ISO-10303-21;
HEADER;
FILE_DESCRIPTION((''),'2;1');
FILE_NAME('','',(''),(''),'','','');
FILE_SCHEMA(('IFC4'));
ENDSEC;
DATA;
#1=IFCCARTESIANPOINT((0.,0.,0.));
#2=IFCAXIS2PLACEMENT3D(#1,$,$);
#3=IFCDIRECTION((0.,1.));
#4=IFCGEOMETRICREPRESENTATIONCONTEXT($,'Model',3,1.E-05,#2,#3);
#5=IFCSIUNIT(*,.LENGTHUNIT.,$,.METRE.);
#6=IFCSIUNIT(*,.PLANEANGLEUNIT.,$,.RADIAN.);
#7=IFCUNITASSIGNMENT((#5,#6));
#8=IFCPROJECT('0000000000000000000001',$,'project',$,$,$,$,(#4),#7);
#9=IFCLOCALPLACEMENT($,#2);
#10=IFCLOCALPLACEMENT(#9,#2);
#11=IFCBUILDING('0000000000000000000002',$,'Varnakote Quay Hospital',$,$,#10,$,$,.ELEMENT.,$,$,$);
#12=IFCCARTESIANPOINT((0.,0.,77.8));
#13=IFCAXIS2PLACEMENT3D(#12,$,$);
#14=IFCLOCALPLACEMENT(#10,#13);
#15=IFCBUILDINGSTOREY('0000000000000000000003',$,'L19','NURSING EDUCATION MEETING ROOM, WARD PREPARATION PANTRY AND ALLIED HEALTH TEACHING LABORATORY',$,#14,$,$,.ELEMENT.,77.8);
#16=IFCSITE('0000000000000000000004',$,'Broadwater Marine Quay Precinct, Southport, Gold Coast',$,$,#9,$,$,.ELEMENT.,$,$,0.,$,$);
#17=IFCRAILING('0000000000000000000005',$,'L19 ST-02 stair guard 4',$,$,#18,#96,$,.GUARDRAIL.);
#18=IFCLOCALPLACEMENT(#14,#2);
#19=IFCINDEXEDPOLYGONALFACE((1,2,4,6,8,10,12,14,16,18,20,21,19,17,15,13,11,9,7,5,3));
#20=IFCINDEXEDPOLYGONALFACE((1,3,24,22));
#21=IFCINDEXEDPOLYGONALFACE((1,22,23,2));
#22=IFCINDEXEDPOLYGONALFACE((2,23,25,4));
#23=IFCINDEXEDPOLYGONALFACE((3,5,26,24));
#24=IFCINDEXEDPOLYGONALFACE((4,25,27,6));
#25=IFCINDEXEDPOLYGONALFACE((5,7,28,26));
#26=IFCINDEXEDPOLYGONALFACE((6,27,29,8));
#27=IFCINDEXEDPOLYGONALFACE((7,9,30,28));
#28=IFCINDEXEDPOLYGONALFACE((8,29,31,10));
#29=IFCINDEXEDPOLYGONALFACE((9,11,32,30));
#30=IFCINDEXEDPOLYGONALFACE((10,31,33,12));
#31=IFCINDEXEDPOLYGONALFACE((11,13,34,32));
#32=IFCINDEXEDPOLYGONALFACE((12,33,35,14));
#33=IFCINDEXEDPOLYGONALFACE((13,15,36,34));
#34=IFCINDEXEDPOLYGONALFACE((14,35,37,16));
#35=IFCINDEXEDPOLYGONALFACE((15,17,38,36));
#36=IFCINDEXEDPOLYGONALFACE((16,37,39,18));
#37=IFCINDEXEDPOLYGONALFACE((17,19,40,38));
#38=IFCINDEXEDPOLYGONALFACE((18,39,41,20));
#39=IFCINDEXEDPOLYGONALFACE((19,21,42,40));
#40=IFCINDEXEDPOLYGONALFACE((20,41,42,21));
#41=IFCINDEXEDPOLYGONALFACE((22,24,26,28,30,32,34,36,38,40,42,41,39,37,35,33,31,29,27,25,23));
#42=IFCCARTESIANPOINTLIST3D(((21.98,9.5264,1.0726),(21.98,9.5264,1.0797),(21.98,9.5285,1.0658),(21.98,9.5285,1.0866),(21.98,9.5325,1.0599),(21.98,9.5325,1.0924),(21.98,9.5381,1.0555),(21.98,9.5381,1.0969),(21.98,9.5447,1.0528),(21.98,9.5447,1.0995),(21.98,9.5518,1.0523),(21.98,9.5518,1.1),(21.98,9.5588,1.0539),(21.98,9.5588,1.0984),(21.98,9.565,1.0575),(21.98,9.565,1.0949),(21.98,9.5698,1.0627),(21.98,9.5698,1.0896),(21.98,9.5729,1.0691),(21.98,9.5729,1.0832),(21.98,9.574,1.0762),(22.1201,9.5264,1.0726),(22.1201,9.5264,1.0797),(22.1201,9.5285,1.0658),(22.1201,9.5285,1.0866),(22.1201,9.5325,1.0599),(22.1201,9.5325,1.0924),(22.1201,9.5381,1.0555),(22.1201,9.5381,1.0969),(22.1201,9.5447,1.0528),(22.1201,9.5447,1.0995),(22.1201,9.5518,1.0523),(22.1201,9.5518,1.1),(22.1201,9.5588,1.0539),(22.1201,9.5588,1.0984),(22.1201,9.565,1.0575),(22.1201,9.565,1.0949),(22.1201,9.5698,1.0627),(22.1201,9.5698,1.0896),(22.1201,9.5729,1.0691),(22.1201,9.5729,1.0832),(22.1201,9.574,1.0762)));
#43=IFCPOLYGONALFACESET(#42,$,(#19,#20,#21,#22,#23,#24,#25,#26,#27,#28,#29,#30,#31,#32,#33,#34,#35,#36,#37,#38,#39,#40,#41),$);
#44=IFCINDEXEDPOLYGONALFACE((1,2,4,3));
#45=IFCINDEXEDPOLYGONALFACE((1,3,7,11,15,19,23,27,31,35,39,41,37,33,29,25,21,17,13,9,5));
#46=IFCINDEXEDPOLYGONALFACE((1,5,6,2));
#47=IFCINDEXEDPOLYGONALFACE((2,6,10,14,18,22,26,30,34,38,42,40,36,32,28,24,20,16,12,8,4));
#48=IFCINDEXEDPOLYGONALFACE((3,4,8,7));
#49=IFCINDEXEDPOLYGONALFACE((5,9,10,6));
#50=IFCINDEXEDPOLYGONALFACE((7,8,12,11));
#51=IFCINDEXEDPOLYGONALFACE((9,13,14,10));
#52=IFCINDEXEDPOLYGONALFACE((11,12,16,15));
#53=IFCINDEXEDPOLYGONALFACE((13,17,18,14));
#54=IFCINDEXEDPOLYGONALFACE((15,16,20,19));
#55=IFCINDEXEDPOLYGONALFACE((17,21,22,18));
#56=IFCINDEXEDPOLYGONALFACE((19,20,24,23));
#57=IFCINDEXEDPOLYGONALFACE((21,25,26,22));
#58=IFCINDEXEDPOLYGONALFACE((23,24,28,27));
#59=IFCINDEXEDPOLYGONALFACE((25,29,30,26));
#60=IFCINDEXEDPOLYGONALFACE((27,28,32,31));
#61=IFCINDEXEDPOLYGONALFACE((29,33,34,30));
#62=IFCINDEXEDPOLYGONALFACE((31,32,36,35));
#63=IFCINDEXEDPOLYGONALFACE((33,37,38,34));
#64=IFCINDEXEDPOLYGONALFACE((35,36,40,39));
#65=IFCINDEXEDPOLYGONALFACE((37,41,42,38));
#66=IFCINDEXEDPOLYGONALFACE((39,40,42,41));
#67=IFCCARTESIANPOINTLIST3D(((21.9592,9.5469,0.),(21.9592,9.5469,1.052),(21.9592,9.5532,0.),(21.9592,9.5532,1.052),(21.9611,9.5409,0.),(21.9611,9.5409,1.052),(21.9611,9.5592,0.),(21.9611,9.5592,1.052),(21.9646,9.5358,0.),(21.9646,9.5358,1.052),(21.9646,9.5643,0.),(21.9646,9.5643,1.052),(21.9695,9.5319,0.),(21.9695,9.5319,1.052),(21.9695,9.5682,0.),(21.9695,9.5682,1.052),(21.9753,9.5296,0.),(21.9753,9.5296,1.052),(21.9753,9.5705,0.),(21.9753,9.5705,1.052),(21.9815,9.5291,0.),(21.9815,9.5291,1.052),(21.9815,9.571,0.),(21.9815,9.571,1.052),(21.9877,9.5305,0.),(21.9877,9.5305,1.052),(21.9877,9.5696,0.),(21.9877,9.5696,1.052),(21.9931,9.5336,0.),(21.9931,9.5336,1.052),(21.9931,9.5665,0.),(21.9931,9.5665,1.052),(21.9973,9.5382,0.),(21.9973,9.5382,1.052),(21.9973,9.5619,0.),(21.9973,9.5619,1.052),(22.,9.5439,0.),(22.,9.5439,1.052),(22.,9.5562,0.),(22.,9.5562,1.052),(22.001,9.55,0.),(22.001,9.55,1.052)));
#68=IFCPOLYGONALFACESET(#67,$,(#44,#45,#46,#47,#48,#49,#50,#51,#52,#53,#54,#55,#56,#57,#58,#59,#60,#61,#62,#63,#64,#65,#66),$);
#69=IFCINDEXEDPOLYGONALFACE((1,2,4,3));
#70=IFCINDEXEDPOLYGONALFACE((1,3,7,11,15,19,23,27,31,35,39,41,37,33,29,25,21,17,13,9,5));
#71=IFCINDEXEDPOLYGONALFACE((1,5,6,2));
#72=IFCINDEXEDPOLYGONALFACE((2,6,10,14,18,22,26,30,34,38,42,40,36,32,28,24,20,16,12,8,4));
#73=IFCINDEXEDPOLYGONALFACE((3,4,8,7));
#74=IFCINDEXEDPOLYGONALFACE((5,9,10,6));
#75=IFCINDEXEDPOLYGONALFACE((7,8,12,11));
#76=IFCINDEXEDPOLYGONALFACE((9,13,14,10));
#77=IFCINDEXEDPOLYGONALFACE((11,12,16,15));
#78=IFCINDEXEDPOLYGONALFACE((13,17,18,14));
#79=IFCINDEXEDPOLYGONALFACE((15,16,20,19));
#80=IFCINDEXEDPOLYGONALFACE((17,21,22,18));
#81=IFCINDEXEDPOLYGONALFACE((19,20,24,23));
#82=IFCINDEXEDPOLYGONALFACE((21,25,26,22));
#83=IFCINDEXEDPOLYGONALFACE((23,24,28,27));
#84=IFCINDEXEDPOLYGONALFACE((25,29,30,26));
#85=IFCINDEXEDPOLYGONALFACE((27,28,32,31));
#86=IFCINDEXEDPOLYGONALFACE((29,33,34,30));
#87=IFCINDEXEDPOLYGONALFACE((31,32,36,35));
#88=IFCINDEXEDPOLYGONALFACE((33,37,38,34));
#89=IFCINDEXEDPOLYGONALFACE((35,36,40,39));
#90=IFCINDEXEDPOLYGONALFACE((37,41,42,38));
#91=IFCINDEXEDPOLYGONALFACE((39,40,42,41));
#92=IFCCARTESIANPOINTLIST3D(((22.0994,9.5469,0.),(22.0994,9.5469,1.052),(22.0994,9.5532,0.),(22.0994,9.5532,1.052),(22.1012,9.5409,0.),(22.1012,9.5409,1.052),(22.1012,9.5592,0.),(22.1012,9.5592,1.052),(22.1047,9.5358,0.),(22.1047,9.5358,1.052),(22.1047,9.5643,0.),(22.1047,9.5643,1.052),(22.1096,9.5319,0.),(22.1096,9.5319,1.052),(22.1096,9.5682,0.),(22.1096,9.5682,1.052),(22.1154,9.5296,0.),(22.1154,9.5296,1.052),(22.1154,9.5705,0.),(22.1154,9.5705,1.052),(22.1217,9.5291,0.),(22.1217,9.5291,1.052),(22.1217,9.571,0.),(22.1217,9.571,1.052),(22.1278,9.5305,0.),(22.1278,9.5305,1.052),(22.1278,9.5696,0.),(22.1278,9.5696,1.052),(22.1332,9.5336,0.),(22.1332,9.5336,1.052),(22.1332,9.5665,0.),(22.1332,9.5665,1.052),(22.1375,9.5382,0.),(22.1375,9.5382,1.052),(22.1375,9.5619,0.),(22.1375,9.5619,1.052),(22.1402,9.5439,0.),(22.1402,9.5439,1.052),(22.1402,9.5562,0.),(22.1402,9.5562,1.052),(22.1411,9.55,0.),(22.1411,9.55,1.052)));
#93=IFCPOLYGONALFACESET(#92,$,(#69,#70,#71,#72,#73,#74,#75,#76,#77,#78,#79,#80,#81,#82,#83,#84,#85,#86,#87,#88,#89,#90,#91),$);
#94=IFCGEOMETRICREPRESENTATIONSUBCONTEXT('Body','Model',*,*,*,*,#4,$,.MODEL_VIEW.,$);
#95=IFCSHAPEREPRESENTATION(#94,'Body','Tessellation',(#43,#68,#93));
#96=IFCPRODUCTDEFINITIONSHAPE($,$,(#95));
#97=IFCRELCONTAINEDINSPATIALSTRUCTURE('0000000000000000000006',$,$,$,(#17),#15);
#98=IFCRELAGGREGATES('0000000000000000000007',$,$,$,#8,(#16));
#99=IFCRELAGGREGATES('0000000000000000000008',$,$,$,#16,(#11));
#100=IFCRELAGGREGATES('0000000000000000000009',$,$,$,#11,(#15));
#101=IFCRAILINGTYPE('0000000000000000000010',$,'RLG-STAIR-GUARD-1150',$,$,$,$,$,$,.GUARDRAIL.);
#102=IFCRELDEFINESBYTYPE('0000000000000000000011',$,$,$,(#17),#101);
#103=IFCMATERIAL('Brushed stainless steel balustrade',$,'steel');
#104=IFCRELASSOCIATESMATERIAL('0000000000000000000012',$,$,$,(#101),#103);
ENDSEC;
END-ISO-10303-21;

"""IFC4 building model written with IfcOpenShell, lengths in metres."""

from ifc_helpers import new_model, si_unit, direction, frame, origin, origin_2d, place, context, subcontext, project, spatial, circle, extrude, material, type_object, element, save


model = new_model("IFC4")

# Units and contexts
model_context = context("Model", 3, precision=1e-05, world=origin(), true_north=direction((0.0, 1.0)))
body_context = subcontext(model_context, "Body", "Model", "MODEL_VIEW")
ifc_project = project(units=[si_unit("LENGTHUNIT", "METRE"), si_unit("PLANEANGLEUNIT", "RADIAN")], contexts=[model_context])

# Site, building, storey
site_placement = place(None, origin())
site = spatial("IfcSite", under=ifc_project, at=site_placement, Name="Broadwater Marine Quay Precinct, Southport, Gold Coast", CompositionType="ELEMENT", RefElevation=0.0)
building_placement = place(site_placement, origin())
building = spatial("IfcBuilding", under=site, at=building_placement, Name="Varnakote Quay Hospital", CompositionType="ELEMENT")
storey_placement = place(building_placement, frame((0.0, 0.0, 77.8)))
storey = spatial("IfcBuildingStorey", under=building, at=storey_placement, Name="L19", Description="NURSING EDUCATION MEETING ROOM, WARD PREPARATION PANTRY AND ALLIED HEALTH TEACHING LABORATORY", CompositionType="ELEMENT", Elevation=77.8)

# Railing
ifc_material_1 = material(Name="Brushed stainless steel balustrade", Category="steel")
railing_type_1 = type_object("IfcRailingType", Name="RLG-STAIR-GUARD-1150", PredefinedType="GUARDRAIL", material=ifc_material_1)
railing_1_placement = place(storey_placement, frame((21.98, 9.55, 0.0)))
element("IfcRailing", 1, at=railing_1_placement, inside=storey, type_object=railing_type_1, Name="L19 ST-02 stair guard 4", PredefinedType="GUARDRAIL", context=body_context, shape_type="SweptSolid", body=[
    extrude(circle(Radius=0.0239, at=origin_2d()), frame((0.0, 0.0, 1.0762), z_axis=(1.0, 0.0, 0.0), x_axis=(0.0, 1.0, 0.0)), (0.0, 0.0, 1.0), 0.1401),
    extrude(circle(Radius=0.021, at=origin_2d()), origin(), (0.0, 0.0, 1.0), 1.052),
    extrude(circle(Radius=0.021, at=origin_2d()), frame((0.1401, 0.0, 0.0)), (0.0, 0.0, 1.0), 1.052),
])

save(model, "model.ifc")
